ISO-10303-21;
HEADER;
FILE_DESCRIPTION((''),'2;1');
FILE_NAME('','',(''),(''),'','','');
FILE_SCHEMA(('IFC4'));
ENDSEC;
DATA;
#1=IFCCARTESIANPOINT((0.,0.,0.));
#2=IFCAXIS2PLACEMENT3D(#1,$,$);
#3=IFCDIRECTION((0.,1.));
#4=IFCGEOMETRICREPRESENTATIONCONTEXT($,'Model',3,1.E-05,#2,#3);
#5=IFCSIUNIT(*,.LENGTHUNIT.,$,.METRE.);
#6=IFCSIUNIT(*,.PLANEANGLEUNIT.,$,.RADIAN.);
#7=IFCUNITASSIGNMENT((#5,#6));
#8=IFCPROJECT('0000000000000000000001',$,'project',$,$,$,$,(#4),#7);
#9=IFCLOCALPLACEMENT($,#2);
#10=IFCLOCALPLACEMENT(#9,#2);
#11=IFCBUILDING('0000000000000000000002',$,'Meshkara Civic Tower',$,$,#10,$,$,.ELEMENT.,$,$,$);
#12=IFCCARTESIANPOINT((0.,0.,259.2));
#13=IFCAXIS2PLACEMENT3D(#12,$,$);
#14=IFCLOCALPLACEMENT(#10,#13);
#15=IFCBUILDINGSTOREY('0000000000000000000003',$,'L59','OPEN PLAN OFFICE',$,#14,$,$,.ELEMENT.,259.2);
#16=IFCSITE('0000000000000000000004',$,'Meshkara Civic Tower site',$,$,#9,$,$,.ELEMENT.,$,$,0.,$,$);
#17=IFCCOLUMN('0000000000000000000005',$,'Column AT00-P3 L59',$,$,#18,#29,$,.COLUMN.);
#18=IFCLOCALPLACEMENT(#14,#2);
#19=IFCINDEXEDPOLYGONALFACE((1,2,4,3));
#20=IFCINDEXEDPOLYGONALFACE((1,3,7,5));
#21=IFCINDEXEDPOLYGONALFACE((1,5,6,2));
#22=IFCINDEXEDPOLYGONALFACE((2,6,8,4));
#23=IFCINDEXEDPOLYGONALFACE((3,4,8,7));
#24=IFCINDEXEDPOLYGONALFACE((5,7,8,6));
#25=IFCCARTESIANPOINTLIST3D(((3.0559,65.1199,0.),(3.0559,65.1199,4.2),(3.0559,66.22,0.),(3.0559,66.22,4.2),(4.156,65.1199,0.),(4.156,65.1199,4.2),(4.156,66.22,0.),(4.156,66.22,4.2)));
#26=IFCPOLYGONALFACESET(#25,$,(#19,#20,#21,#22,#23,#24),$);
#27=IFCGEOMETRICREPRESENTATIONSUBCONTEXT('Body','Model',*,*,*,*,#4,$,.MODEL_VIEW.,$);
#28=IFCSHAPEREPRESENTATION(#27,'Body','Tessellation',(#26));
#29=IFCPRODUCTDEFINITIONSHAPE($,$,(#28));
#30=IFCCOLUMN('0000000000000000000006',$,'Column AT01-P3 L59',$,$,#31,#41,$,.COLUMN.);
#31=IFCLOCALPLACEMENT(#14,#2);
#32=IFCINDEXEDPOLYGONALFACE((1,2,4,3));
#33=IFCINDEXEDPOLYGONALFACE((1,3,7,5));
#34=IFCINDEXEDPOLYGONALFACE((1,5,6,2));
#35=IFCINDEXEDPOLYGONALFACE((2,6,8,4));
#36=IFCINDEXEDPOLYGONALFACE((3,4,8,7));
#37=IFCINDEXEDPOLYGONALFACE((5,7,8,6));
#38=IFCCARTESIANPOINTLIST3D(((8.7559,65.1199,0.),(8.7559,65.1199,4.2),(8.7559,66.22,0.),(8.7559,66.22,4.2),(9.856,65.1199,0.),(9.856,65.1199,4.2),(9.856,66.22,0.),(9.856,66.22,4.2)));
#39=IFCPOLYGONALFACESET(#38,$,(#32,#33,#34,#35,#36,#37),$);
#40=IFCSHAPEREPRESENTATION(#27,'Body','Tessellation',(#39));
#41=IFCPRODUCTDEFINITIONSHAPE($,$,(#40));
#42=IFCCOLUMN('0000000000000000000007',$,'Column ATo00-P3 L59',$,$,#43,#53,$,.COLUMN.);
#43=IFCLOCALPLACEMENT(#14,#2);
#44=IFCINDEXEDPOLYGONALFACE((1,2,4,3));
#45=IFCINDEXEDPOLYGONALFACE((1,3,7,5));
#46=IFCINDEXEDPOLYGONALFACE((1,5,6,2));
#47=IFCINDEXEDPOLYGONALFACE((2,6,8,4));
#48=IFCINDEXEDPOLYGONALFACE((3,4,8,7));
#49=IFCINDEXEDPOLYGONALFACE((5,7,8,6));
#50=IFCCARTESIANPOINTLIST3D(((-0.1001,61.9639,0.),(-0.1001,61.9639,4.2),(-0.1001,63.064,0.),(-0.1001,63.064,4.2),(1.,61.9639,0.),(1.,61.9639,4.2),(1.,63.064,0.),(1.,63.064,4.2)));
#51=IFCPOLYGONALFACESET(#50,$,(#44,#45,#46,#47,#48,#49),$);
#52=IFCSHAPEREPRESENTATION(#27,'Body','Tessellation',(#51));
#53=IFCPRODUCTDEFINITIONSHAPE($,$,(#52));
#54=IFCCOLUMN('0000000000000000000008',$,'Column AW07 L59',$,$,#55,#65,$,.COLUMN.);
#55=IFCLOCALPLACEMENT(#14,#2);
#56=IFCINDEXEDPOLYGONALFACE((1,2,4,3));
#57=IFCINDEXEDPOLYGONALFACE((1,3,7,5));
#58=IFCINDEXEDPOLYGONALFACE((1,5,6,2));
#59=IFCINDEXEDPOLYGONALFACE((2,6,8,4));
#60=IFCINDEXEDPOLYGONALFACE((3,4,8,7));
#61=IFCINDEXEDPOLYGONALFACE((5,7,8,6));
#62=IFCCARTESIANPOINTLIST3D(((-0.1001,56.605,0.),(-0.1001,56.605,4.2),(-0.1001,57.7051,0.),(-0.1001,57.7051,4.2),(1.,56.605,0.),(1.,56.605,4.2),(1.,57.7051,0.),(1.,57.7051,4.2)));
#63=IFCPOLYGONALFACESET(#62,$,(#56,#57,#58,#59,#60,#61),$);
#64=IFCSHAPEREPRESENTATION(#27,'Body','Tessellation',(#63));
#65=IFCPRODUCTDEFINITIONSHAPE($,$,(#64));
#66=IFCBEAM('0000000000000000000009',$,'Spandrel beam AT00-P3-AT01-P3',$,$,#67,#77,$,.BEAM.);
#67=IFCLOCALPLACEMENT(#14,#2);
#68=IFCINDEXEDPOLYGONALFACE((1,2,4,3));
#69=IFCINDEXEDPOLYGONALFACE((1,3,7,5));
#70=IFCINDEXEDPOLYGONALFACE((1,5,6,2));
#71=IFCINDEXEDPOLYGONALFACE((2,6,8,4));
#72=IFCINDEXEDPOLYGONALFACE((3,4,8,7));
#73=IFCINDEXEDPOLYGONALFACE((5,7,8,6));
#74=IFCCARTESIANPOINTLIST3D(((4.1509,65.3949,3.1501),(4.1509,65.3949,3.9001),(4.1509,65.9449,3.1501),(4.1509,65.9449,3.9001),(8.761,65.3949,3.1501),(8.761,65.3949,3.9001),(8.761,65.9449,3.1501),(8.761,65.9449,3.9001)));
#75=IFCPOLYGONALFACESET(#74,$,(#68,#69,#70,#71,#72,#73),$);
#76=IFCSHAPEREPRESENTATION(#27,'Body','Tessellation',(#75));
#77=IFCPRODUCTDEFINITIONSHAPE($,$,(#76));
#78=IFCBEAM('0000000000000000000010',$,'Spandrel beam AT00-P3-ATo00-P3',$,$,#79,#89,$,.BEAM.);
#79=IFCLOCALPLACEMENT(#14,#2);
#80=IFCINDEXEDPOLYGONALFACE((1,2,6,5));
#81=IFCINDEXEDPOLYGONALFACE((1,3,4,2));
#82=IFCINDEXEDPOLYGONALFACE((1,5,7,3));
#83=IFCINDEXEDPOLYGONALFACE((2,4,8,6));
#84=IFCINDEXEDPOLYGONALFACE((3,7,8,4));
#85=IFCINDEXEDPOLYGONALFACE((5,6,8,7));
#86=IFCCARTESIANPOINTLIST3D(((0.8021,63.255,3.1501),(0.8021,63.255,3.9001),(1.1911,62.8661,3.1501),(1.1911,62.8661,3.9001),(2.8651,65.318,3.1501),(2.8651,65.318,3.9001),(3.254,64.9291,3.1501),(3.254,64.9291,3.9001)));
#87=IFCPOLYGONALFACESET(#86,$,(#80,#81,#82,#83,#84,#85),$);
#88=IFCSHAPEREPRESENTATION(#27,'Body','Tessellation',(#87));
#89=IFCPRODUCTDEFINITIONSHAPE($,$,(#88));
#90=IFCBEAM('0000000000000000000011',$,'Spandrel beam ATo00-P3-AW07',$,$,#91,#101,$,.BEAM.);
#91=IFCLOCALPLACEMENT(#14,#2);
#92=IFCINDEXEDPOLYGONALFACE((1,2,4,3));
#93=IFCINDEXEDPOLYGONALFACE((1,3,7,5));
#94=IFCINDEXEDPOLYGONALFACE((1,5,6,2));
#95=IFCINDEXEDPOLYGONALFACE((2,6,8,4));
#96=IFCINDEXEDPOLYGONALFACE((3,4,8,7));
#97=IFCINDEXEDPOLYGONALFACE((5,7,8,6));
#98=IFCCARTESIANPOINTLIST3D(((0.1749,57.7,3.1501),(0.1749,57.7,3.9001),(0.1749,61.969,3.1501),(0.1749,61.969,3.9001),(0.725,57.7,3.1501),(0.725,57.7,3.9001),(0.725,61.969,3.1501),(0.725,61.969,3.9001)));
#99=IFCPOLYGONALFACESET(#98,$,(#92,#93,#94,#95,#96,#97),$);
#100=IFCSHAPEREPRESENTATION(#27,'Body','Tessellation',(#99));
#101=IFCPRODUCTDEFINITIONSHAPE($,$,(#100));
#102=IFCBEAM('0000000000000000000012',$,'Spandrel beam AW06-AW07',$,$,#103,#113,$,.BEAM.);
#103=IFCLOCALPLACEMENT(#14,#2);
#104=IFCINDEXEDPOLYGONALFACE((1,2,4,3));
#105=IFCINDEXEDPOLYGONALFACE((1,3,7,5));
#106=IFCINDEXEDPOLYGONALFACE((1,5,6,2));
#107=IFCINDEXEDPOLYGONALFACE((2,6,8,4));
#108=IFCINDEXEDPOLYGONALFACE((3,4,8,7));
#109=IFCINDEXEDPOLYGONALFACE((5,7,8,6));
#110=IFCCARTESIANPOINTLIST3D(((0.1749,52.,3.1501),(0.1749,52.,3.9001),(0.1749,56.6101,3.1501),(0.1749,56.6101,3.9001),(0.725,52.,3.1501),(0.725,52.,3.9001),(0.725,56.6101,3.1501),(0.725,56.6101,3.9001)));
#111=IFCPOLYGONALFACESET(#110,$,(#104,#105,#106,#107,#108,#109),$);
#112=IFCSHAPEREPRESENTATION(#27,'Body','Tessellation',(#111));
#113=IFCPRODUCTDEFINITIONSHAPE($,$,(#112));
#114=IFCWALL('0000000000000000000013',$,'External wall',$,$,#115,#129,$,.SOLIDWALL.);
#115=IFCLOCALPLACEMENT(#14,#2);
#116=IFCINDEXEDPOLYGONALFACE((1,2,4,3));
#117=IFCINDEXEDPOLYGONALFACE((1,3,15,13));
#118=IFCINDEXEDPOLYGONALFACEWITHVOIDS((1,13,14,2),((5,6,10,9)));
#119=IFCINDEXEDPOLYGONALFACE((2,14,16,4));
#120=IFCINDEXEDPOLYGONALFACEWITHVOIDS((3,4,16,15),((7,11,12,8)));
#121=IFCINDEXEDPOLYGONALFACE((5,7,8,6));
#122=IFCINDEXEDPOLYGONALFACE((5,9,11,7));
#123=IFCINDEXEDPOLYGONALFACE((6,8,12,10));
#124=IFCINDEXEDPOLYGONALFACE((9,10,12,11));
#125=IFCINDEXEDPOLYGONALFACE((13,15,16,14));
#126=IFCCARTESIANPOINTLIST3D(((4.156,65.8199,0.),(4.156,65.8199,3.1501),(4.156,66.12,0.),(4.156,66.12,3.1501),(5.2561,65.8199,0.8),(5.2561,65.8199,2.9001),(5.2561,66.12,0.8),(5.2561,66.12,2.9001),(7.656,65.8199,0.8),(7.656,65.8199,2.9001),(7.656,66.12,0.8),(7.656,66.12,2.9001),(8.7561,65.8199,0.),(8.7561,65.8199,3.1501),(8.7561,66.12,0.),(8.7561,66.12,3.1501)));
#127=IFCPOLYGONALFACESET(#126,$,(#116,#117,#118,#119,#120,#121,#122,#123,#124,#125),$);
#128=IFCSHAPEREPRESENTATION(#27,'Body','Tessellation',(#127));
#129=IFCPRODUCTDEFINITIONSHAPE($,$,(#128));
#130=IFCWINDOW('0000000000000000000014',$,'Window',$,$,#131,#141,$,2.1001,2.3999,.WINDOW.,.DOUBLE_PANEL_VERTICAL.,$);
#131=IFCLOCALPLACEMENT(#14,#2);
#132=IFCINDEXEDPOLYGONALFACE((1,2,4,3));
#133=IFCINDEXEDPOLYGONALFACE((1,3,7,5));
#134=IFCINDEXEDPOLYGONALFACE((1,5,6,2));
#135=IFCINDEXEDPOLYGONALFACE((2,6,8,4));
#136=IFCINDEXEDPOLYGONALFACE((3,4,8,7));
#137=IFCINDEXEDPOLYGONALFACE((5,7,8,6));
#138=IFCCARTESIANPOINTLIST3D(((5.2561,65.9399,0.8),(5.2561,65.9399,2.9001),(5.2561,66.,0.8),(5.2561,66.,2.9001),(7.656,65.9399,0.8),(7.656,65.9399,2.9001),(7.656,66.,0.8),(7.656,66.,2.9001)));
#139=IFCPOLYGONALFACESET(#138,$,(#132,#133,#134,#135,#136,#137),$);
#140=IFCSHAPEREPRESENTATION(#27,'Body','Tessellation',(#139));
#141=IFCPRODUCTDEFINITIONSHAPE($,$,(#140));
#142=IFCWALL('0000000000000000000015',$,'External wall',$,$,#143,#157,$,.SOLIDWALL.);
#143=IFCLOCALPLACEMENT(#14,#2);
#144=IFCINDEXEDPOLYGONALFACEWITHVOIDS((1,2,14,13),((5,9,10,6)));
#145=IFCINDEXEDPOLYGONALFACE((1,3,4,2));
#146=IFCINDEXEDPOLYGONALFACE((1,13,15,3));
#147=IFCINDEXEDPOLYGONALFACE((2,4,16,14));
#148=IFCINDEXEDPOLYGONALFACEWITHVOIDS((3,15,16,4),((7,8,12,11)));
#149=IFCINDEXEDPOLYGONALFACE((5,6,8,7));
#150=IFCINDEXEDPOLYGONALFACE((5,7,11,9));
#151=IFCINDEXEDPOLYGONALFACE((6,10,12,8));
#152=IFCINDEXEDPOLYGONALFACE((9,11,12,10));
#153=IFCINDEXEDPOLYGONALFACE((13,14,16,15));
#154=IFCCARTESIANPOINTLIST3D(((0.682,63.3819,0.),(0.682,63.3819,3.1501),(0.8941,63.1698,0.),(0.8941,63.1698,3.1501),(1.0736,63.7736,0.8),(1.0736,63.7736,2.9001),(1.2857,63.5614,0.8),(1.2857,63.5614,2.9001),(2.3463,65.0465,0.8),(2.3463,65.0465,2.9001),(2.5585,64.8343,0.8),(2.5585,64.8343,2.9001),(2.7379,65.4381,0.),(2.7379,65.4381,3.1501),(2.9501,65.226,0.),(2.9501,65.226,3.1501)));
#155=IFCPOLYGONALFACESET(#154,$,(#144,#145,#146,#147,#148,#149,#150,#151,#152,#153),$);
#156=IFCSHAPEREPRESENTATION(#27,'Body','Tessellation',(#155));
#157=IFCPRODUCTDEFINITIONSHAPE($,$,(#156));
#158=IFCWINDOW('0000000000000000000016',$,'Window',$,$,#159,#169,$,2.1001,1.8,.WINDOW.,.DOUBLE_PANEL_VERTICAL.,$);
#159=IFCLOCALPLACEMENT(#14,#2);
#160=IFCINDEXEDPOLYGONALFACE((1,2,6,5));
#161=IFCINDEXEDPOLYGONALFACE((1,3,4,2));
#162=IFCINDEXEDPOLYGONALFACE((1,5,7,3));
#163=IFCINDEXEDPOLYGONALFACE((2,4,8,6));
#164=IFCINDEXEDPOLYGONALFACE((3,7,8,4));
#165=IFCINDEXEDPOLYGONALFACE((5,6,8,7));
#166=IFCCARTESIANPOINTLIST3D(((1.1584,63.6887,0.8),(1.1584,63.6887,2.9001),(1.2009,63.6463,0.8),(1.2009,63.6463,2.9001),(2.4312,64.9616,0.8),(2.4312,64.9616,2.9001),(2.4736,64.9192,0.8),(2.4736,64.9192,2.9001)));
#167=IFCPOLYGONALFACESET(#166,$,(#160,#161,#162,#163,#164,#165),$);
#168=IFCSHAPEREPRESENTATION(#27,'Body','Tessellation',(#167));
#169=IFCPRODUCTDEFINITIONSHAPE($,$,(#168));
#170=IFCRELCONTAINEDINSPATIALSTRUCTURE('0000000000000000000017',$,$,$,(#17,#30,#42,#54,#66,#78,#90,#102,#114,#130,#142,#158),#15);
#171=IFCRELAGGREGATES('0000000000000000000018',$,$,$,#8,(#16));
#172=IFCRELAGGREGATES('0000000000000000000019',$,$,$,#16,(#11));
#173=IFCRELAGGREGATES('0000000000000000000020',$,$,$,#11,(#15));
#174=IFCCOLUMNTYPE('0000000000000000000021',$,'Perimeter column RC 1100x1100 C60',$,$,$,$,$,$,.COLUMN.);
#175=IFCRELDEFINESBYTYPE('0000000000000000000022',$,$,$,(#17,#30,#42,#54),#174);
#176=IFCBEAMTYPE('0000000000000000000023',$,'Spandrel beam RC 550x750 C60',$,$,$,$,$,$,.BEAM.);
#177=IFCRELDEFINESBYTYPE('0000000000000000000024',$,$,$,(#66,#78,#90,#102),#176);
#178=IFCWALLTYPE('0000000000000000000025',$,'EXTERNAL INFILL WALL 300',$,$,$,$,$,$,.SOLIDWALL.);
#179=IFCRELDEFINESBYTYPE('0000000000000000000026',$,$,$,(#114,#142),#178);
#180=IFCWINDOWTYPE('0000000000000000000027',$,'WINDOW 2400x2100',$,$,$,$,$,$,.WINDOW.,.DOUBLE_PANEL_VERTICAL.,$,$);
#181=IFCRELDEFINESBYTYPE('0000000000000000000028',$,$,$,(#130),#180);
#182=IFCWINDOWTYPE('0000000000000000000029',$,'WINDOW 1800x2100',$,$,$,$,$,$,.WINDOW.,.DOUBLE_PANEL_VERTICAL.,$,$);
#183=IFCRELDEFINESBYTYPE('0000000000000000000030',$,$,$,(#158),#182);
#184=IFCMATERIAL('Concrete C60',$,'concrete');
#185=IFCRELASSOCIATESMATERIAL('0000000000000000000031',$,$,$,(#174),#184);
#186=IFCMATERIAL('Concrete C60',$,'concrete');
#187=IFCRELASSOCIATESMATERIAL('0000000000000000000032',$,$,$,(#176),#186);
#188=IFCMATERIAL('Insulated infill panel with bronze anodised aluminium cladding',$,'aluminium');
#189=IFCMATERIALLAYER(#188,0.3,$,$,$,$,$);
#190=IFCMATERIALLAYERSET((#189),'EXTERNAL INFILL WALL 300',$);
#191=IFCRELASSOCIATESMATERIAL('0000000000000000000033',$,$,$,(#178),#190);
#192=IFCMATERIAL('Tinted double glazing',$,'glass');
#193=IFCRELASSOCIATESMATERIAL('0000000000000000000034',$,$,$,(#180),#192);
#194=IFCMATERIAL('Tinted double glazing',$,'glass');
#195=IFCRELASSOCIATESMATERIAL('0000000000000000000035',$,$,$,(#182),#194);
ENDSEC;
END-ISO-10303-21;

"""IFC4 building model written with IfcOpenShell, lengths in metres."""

from ifc_helpers import new_model, si_unit, direction, frame, frame_2d, origin, origin_2d, place, context, subcontext, project, spatial, rectangle, extrude, material, layer, layer_set, material_profile, profile_set, type_object, element, fill, save


model = new_model("IFC4")

# Units and contexts
model_context = context("Model", 3, precision=1e-05, world=origin(), true_north=direction((0.0, 1.0)))
body_context = subcontext(model_context, "Body", "Model", "MODEL_VIEW")
ifc_project = project(units=[si_unit("LENGTHUNIT", "METRE"), si_unit("PLANEANGLEUNIT", "RADIAN")], contexts=[model_context])

# Site, building, storey
site_placement = place(None, origin())
site = spatial("IfcSite", under=ifc_project, at=site_placement, Name="Meshkara Civic Tower site", CompositionType="ELEMENT", RefElevation=0.0)
building_placement = place(site_placement, origin())
building = spatial("IfcBuilding", under=site, at=building_placement, Name="Meshkara Civic Tower", CompositionType="ELEMENT")
storey_placement = place(building_placement, frame((0.0, 0.0, 259.2)))
storey = spatial("IfcBuildingStorey", under=building, at=storey_placement, Name="L59", Description="OPEN PLAN OFFICE", CompositionType="ELEMENT", Elevation=259.2)

# Columns
ifc_material_1 = material(Name="Concrete C60", Category="concrete")
ifc_material_profile_1 = material_profile(ifc_material_1, rectangle(XDim=1.1001, YDim=1.1001, at=origin_2d()))
ifc_profile_set_1 = profile_set([ifc_material_profile_1], Name="Concrete C60")
column_type = type_object("IfcColumnType", Name="Perimeter column RC 1100x1100 C60", PredefinedType="COLUMN", material=ifc_profile_set_1)
for number, where, z_axis, x_axis, name in (
    (1, (3.606, 65.6699, 0.0), (0.0, 0.0, 1.0), (1.0, 0.0, 0.0), "Column AT00-P3 L59"),
    (2, (9.3059, 65.6699, 0.0), (0.0, 0.0, 1.0), (1.0, 0.0, 0.0), "Column AT01-P3 L59"),
    (3, (0.45, 62.5139, 0.0), (0.0, 0.0, 1.0), (1.0, 0.0, 0.0), "Column ATo00-P3 L59"),
    (4, (0.45, 57.155, 0.0), (0.0, 0.0, 1.0), (1.0, 0.0, 0.0), "Column AW07 L59"),
):
    element("IfcColumn", number, at=place(storey_placement, frame(where, z_axis=z_axis, x_axis=x_axis)), inside=storey, type_object=column_type, Name=name, PredefinedType="COLUMN", context=body_context, shape_type="SweptSolid", body=[
        extrude(rectangle(XDim=1.1001, YDim=1.1001, at=origin_2d()), origin(), (0.0, 0.0, 1.0), 4.2),
    ])

# Beams
ifc_material_2 = material(Name="Concrete C60", Category="concrete")
ifc_material_profile_2 = material_profile(ifc_material_2, rectangle(XDim=0.55, YDim=0.75, at=origin_2d()))
ifc_profile_set_2 = profile_set([ifc_material_profile_2], Name="Concrete C60")
beam_type = type_object("IfcBeamType", Name="Spandrel beam RC 550x750 C60", PredefinedType="BEAM", material=ifc_profile_set_2)
beam_1_placement = place(storey_placement, frame((8.761, 65.6699, 3.5251), z_axis=(-1.0, 0.0, 0.0), x_axis=(0.0, -1.0, 0.0)))
element("IfcBeam", 5, at=beam_1_placement, inside=storey, type_object=beam_type, Name="Spandrel beam AT00-P3-AT01-P3", PredefinedType="BEAM", context=body_context, shape_type="SweptSolid", body=[
    extrude(rectangle(XDim=0.55, YDim=0.75, at=origin_2d()), origin(), (0.0, 0.0, 1.0), 4.6101),
])
beam_2_placement = place(storey_placement, frame((3.0596, 65.1235, 3.5251), z_axis=(-0.707107, -0.707107, 0.0), x_axis=(0.707107, -0.707107, 0.0)))
element("IfcBeam", 6, at=beam_2_placement, inside=storey, type_object=beam_type, Name="Spandrel beam AT00-P3-ATo00-P3", PredefinedType="BEAM", context=body_context, shape_type="SweptSolid", body=[
    extrude(rectangle(XDim=0.55, YDim=0.75, at=origin_2d()), origin(), (0.0, 0.0, 1.0), 2.9175),
])
beam_3_placement = place(storey_placement, frame((0.45, 61.969, 3.5251), z_axis=(0.0, -1.0, 0.0), x_axis=(1.0, 0.0, 0.0)))
element("IfcBeam", 7, at=beam_3_placement, inside=storey, type_object=beam_type, Name="Spandrel beam ATo00-P3-AW07", PredefinedType="BEAM", context=body_context, shape_type="SweptSolid", body=[
    extrude(rectangle(XDim=0.55, YDim=0.75, at=origin_2d()), origin(), (0.0, 0.0, 1.0), 4.269),
])
beam_4_placement = place(storey_placement, frame((0.45, 56.6101, 3.5251), z_axis=(0.0, -1.0, 0.0), x_axis=(1.0, 0.0, 0.0)))
element("IfcBeam", 8, at=beam_4_placement, inside=storey, type_object=beam_type, Name="Spandrel beam AW06-AW07", PredefinedType="BEAM", context=body_context, shape_type="SweptSolid", body=[
    extrude(rectangle(XDim=0.55, YDim=0.75, at=origin_2d()), origin(), (0.0, 0.0, 1.0), 4.6101),
])

# Walls, openings, windows
ifc_material_3 = material(Name="Insulated infill panel with bronze anodised aluminium cladding", Category="aluminium")
ifc_layer_1 = layer(ifc_material_3, 0.3)
ifc_layer_set_1 = layer_set([ifc_layer_1], Name="EXTERNAL INFILL WALL 300")
wall_type_1 = type_object("IfcWallType", Name="EXTERNAL INFILL WALL 300", PredefinedType="SOLIDWALL", material=ifc_layer_set_1)
wall_1_placement = place(storey_placement, frame((8.7561, 65.97, 0.0), z_axis=(0.0, 0.0, 1.0), x_axis=(-1.0, 0.0, 0.0)))
wall_1 = element("IfcWall", 9, at=wall_1_placement, inside=storey, type_object=wall_type_1, Name="External wall", PredefinedType="SOLIDWALL", context=body_context, shape_type="SweptSolid", body=[
    extrude(rectangle(XDim=4.6001, YDim=0.3, at=frame_2d((2.3, 0.0))), origin(), (0.0, 0.0, 1.0), 3.1501),
])
opening_1_placement = place(wall_1_placement, frame((1.1001, 0.0, 0.8)))
opening_1 = element("IfcOpeningElement", 10, at=opening_1_placement, cuts=wall_1, PredefinedType="OPENING", context=body_context, shape_type="SweptSolid", body=[
    extrude(rectangle(XDim=2.3999, YDim=2.1001, at=frame_2d((1.2, 1.05))), frame((0.0, 0.1599, 0.0), z_axis=(0.0, -1.0, 0.0), x_axis=(1.0, 0.0, 0.0)), (0.0, 0.0, 1.0), 0.3201),
])
ifc_material_4 = material(Name="Tinted double glazing", Category="glass")
window_type_1 = type_object("IfcWindowType", Name="WINDOW 2400x2100", PartitioningType="DOUBLE_PANEL_VERTICAL", PredefinedType="WINDOW", material=ifc_material_4)
window_1_placement = place(opening_1_placement, origin())
window_1 = element("IfcWindow", 11, at=window_1_placement, inside=storey, type_object=window_type_1, Name="Window", OverallHeight=2.1001, OverallWidth=2.3999, PartitioningType="DOUBLE_PANEL_VERTICAL", PredefinedType="WINDOW", context=body_context, shape_type="SweptSolid", body=[
    extrude(rectangle(XDim=2.3999, YDim=2.1001, at=frame_2d((1.2, 1.05))), frame((0.0, 0.03, 0.0), z_axis=(0.0, -1.0, 0.0), x_axis=(1.0, 0.0, 0.0)), (0.0, 0.0, 1.0), 0.0601),
])
fill(opening_1, window_1)
wall_2_placement = place(storey_placement, frame((2.844, 65.332, 0.0), z_axis=(0.0, 0.0, 1.0), x_axis=(-0.707065, -0.707149, 0.0)))
wall_2 = element("IfcWall", 12, at=wall_2_placement, inside=storey, type_object=wall_type_1, Name="External wall", PredefinedType="SOLIDWALL", context=body_context, shape_type="SweptSolid", body=[
    extrude(rectangle(XDim=2.9077, YDim=0.3, at=frame_2d((1.4539, 0.0))), origin(), (0.0, 0.0, 1.0), 3.1501),
])
opening_2_placement = place(wall_2_placement, frame((0.554, 0.0, 0.8)))
opening_2 = element("IfcOpeningElement", 13, at=opening_2_placement, cuts=wall_2, PredefinedType="OPENING", context=body_context, shape_type="SweptSolid", body=[
    extrude(rectangle(XDim=1.8, YDim=2.1001, at=frame_2d((0.8999, 1.05))), frame((0.0, 0.1599, 0.0), z_axis=(0.0, -1.0, 0.0), x_axis=(1.0, 0.0, 0.0)), (0.0, 0.0, 1.0), 0.3201),
])
ifc_material_5 = material(Name="Tinted double glazing", Category="glass")
window_type_2 = type_object("IfcWindowType", Name="WINDOW 1800x2100", PartitioningType="DOUBLE_PANEL_VERTICAL", PredefinedType="WINDOW", material=ifc_material_5)
window_2_placement = place(opening_2_placement, origin())
window_2 = element("IfcWindow", 14, at=window_2_placement, inside=storey, type_object=window_type_2, Name="Window", OverallHeight=2.1001, OverallWidth=1.8, PartitioningType="DOUBLE_PANEL_VERTICAL", PredefinedType="WINDOW", context=body_context, shape_type="SweptSolid", body=[
    extrude(rectangle(XDim=1.8, YDim=2.1001, at=frame_2d((0.8999, 1.05))), frame((0.0, 0.03, 0.0), z_axis=(0.0, -1.0, 0.0), x_axis=(1.0, 0.0, 0.0)), (0.0, 0.0, 1.0), 0.0601),
])
fill(opening_2, window_2)

save(model, "model.ifc")
